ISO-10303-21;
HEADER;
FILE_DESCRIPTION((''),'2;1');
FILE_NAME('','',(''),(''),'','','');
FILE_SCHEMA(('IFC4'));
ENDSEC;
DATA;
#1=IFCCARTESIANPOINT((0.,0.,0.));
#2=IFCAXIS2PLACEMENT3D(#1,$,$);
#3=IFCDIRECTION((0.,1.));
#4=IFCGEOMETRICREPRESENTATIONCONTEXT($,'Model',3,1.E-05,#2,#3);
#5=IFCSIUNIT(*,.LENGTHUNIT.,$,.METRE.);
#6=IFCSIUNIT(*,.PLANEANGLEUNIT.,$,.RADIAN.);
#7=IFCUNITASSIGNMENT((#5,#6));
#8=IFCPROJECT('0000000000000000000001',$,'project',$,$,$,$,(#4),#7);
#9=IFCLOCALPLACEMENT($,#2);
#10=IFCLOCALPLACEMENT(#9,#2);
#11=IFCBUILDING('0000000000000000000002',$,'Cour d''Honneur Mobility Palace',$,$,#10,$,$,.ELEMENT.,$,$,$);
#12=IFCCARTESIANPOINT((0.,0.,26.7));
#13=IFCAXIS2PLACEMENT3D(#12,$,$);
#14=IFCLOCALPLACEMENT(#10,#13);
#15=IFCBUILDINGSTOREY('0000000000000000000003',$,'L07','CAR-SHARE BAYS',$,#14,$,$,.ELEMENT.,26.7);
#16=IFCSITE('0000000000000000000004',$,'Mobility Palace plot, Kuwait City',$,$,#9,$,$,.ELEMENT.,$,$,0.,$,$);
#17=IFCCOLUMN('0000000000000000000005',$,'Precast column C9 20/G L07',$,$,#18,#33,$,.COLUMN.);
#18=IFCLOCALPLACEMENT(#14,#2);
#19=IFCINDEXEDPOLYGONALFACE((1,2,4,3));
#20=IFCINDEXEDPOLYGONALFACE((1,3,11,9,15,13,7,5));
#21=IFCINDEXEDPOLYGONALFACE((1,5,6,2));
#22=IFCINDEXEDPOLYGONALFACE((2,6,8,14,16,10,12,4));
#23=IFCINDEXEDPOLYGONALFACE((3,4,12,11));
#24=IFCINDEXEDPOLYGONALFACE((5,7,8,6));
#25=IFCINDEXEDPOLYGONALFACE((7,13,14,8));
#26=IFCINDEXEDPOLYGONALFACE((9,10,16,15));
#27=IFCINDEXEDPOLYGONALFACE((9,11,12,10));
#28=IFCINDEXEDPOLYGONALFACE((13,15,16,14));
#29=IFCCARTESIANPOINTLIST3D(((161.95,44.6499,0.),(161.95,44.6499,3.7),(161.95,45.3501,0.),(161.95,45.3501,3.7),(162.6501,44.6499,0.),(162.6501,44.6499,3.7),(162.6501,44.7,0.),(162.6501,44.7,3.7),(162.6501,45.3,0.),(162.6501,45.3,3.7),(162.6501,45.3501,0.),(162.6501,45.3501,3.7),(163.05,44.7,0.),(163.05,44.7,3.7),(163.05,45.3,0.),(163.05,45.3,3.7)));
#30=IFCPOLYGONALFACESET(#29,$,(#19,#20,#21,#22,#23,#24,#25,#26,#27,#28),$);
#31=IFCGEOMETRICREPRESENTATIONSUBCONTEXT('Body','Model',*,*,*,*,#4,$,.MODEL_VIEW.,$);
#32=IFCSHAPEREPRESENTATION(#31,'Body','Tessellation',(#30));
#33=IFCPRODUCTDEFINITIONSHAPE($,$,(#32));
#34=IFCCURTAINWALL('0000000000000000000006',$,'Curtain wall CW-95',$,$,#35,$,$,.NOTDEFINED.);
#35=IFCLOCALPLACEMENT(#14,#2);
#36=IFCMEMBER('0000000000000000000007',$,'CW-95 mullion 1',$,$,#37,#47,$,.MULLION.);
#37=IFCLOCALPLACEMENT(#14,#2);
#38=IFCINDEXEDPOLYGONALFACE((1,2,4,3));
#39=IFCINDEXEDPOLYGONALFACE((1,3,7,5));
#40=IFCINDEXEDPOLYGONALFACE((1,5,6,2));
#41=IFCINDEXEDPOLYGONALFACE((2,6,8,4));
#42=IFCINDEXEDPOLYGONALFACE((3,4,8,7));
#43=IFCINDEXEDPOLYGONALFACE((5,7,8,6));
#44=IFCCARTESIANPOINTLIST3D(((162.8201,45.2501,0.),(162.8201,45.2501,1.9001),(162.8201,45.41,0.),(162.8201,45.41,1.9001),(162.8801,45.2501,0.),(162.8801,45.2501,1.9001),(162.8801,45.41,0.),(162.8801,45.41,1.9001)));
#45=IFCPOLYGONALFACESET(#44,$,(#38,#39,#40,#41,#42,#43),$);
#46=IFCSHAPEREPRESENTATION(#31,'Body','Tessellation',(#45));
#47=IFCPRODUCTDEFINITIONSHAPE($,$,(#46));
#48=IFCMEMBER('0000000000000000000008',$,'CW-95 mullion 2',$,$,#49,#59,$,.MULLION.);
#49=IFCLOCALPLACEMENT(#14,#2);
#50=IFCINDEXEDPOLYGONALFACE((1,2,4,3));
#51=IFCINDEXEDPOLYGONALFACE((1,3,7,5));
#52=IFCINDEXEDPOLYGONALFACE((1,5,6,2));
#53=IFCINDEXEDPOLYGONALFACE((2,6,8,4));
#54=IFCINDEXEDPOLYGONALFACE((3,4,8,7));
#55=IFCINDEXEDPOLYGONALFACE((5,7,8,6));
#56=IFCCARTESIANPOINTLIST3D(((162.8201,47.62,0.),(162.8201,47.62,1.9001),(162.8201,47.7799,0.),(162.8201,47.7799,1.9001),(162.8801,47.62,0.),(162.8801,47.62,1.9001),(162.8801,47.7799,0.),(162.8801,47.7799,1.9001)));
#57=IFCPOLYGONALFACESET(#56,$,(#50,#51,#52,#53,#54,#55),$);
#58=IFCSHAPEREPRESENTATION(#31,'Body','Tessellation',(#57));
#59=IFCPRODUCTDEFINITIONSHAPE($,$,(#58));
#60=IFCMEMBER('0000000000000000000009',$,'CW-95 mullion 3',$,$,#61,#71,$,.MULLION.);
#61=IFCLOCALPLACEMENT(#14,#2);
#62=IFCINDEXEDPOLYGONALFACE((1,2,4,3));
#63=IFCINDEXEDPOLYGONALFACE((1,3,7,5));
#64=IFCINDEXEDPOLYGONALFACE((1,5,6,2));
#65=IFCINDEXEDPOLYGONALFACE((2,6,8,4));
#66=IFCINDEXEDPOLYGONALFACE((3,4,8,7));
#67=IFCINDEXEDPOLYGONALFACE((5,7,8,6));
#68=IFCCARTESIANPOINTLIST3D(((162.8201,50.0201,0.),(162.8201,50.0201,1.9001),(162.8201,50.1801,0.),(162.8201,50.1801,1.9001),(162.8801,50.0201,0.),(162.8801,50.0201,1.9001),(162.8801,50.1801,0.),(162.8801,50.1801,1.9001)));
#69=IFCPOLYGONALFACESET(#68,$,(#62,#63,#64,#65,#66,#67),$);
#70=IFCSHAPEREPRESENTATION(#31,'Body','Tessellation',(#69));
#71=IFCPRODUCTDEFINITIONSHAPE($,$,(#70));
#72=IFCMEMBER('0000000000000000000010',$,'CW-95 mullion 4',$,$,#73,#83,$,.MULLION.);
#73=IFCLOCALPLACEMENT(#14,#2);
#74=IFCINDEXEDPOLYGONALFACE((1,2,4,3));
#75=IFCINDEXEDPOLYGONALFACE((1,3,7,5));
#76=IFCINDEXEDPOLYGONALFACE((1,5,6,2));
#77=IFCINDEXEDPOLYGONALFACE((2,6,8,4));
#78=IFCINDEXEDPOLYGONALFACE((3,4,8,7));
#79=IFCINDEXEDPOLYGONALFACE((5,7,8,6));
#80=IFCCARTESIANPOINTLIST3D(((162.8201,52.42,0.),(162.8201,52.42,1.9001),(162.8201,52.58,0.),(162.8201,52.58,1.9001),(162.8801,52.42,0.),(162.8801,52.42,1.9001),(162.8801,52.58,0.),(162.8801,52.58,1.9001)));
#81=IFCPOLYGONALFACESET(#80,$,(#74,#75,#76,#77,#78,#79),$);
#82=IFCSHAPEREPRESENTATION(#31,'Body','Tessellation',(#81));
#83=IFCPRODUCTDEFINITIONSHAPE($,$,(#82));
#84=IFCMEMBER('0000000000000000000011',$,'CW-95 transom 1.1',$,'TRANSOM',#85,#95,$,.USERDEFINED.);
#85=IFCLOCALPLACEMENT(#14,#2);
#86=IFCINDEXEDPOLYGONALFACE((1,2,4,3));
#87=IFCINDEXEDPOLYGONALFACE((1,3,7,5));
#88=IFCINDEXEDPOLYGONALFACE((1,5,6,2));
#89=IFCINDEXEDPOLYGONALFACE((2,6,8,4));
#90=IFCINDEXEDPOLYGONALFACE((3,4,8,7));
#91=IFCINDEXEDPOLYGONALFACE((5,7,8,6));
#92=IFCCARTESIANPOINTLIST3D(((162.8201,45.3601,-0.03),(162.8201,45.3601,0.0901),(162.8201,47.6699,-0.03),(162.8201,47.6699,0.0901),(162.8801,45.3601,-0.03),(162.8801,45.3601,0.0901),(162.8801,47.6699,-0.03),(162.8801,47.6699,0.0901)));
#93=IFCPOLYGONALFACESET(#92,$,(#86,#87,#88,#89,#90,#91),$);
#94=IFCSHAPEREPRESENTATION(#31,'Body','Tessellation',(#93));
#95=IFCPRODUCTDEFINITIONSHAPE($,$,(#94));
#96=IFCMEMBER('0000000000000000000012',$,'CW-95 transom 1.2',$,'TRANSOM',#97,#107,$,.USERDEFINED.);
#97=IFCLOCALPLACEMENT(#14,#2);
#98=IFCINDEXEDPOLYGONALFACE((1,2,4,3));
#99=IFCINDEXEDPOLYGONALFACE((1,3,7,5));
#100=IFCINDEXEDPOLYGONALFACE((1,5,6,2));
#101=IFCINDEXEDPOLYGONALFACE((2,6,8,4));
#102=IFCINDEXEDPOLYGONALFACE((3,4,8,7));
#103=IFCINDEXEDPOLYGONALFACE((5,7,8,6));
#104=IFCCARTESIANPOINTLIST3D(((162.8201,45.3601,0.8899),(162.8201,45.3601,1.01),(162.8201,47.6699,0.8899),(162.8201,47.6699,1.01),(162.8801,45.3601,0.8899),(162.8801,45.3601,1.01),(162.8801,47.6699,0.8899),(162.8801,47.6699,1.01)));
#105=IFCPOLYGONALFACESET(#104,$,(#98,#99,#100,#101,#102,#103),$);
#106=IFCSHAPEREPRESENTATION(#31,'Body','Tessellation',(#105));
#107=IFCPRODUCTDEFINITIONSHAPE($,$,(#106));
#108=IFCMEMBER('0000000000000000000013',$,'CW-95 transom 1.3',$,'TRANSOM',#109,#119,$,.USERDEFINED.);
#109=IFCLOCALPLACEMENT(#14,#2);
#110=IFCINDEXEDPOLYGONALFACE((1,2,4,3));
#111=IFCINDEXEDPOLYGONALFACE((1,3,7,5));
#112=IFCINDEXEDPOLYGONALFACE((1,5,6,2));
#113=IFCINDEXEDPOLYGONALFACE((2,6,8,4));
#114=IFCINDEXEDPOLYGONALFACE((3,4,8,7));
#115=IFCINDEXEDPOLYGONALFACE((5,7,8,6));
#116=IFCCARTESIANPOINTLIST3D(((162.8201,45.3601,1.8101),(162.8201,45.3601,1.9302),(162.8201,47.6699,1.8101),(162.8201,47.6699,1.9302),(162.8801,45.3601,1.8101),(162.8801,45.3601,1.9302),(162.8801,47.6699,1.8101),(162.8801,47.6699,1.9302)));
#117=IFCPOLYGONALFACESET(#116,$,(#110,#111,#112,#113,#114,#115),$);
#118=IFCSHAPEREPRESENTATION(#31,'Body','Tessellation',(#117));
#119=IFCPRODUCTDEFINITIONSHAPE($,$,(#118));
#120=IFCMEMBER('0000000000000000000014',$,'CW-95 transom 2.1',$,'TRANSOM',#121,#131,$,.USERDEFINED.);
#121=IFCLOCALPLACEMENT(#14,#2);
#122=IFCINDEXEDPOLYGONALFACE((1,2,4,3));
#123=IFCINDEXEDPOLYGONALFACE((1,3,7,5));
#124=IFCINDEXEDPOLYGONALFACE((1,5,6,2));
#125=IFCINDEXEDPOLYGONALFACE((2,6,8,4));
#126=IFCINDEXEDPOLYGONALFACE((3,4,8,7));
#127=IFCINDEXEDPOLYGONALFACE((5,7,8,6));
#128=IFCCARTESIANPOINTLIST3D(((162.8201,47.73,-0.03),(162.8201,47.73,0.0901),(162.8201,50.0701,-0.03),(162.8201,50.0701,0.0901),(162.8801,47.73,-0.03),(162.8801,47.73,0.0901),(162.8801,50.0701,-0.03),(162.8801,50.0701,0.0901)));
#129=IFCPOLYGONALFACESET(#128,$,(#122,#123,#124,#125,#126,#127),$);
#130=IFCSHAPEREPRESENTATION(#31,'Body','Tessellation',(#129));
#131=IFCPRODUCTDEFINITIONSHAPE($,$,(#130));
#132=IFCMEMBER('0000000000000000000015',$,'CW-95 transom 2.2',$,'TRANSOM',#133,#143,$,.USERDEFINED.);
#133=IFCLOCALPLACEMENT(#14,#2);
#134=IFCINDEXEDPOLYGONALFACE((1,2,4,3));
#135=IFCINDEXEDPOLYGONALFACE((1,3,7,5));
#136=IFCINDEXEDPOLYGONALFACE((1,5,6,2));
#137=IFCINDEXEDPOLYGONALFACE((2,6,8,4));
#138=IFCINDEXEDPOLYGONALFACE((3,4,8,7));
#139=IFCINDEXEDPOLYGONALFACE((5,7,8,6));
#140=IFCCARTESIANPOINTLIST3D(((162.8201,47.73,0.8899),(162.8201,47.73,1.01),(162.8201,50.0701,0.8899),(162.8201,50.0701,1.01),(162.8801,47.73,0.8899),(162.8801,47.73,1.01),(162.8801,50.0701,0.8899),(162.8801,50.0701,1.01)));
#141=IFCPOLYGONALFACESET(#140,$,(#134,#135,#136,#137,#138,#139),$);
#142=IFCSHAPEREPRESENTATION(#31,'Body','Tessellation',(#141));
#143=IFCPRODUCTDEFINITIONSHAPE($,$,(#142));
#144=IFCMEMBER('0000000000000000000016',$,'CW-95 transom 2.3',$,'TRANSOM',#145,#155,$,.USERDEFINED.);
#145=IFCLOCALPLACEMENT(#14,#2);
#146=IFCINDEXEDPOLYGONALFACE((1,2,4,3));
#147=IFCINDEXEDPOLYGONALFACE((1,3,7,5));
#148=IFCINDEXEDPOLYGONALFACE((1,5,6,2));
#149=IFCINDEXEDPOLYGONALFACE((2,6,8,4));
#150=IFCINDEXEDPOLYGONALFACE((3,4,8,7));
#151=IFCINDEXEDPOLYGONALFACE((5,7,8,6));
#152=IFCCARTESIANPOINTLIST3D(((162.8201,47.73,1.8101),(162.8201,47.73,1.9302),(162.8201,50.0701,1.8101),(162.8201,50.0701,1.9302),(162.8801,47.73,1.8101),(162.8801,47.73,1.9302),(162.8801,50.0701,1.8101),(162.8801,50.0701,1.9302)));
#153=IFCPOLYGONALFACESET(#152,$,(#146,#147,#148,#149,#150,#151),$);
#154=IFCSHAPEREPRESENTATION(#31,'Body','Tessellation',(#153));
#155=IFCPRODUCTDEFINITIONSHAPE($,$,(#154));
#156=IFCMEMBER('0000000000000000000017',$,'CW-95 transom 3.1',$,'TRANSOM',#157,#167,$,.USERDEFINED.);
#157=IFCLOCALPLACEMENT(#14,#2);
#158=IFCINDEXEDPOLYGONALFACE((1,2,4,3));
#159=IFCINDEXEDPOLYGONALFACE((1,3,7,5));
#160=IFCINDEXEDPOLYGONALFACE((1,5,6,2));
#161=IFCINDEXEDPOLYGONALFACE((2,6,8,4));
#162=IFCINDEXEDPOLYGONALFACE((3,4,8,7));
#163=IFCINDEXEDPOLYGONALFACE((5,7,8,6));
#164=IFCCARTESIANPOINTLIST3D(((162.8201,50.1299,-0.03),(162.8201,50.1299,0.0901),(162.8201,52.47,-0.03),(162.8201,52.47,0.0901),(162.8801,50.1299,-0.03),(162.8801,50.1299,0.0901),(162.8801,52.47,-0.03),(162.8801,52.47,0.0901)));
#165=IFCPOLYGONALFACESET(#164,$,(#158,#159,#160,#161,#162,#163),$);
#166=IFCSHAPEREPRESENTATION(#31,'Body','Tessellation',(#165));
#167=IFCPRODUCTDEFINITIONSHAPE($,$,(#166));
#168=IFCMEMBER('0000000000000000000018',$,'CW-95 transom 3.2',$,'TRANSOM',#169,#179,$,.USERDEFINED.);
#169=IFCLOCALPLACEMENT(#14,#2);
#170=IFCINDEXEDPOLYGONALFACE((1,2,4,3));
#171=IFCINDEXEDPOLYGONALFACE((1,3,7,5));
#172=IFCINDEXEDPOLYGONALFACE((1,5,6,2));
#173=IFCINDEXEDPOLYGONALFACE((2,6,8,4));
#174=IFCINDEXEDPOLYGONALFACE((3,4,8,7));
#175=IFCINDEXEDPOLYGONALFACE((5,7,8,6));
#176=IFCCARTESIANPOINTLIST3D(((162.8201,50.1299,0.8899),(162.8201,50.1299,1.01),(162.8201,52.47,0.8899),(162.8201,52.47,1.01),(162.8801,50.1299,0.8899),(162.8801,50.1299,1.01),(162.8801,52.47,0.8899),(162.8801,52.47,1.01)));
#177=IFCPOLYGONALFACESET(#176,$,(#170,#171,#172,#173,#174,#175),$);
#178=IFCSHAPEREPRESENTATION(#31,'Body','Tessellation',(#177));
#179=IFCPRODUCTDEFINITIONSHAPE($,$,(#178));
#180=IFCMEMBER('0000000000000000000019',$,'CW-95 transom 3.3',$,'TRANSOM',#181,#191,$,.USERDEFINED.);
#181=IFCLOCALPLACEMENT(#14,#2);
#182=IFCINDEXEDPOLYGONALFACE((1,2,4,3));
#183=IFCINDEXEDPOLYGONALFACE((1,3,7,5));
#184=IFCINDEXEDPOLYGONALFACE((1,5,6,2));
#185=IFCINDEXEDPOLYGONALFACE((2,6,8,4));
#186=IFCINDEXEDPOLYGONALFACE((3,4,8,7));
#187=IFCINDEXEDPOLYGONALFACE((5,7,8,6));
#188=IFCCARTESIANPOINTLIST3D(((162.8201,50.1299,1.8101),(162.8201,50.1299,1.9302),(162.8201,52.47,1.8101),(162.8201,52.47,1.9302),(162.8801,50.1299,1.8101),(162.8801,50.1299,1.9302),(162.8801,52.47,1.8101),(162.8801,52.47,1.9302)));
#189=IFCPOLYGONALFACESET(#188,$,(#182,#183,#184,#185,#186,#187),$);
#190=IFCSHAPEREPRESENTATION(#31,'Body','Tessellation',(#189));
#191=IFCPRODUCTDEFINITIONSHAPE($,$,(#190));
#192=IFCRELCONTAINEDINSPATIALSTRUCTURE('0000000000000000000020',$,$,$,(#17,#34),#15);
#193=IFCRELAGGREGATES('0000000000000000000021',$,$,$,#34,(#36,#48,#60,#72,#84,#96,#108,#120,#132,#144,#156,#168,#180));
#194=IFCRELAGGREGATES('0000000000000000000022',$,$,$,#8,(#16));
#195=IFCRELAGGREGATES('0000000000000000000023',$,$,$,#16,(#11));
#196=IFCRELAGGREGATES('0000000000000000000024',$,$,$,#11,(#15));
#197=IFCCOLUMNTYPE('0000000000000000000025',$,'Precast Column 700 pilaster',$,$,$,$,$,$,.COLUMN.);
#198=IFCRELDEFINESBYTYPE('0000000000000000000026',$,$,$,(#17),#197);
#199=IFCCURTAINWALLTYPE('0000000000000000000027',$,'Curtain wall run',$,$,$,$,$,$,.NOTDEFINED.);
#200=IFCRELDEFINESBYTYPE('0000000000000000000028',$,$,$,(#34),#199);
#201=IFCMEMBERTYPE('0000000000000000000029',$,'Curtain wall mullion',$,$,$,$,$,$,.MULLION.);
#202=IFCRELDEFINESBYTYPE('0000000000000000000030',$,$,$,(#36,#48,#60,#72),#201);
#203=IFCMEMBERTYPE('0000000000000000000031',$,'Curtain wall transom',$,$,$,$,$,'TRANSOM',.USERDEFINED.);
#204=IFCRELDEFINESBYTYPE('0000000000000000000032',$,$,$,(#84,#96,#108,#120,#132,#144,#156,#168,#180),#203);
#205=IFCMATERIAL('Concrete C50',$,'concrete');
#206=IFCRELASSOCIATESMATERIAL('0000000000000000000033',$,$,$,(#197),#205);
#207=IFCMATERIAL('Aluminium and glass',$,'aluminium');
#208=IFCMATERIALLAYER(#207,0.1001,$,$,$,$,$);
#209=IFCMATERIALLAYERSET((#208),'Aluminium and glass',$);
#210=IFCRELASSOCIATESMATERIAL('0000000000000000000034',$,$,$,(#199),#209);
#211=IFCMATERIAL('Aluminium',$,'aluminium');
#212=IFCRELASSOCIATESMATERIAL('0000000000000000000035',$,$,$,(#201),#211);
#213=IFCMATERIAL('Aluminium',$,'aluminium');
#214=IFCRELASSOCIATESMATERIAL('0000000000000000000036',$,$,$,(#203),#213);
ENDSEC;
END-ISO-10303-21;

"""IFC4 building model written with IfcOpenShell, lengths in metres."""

from ifc_helpers import new_model, si_unit, direction, frame, origin, origin_2d, place, context, subcontext, project, spatial, polyline, rectangle, outline, extrude, material, layer, layer_set, material_profile, profile_set, type_object, element, aggregate, save


model = new_model("IFC4")

# Units and contexts
model_context = context("Model", 3, precision=1e-05, world=origin(), true_north=direction((0.0, 1.0)))
body_context = subcontext(model_context, "Body", "Model", "MODEL_VIEW")
ifc_project = project(units=[si_unit("LENGTHUNIT", "METRE"), si_unit("PLANEANGLEUNIT", "RADIAN")], contexts=[model_context])

# Site, building, storey
site_placement = place(None, origin())
site = spatial("IfcSite", under=ifc_project, at=site_placement, Name="Mobility Palace plot, Kuwait City", CompositionType="ELEMENT", RefElevation=0.0)
building_placement = place(site_placement, origin())
building = spatial("IfcBuilding", under=site, at=building_placement, Name="Cour d'Honneur Mobility Palace", CompositionType="ELEMENT")
storey_placement = place(building_placement, frame((0.0, 0.0, 26.7)))
storey = spatial("IfcBuildingStorey", under=building, at=storey_placement, Name="L07", Description="CAR-SHARE BAYS", CompositionType="ELEMENT", Elevation=26.7)

# Column
ifc_material_1 = material(Name="Concrete C50", Category="concrete")
ifc_material_profile_1 = material_profile(ifc_material_1, outline(polyline([(-0.3501, -0.3501), (0.3501, -0.3501), (0.3501, -0.3), (0.75, -0.3), (0.75, 0.3), (0.3501, 0.3), (0.3501, 0.3501), (-0.3501, 0.3501), (-0.3501, -0.3501)])), Name="PC C700 pilaster")
ifc_profile_set_1 = profile_set([ifc_material_profile_1], Name="Concrete C50")
column_type = type_object("IfcColumnType", Name="Precast Column 700 pilaster", PredefinedType="COLUMN", material=ifc_profile_set_1)
column_placement = place(storey_placement, frame((162.3, 45.0, 0.0), z_axis=(0.0, 0.0, 1.0), x_axis=(1.0, 0.0, 0.0)))
element("IfcColumn", 1, at=column_placement, inside=storey, type_object=column_type, Name="Precast column C9 20/G L07", PredefinedType="COLUMN", context=body_context, shape_type="SweptSolid", body=[
    extrude(outline(polyline([(-0.3501, -0.3501), (0.3501, -0.3501), (0.3501, -0.3), (0.75, -0.3), (0.75, 0.3), (0.3501, 0.3), (0.3501, 0.3501), (-0.3501, 0.3501), (-0.3501, -0.3501)])), origin(), (0.0, 0.0, 1.0), 3.7),
])

# Curtain wall, members
ifc_material_2 = material(Name="Aluminium and glass", Category="aluminium")
ifc_layer_1 = layer(ifc_material_2, 0.1001)
ifc_layer_set_1 = layer_set([ifc_layer_1], Name="Aluminium and glass")
curtain_wall_type = type_object("IfcCurtainWallType", Name="Curtain wall run", PredefinedType="NOTDEFINED", material=ifc_layer_set_1)
curtain_wall_placement = place(storey_placement, origin())
curtain_wall = element("IfcCurtainWall", 2, at=curtain_wall_placement, inside=storey, type_object=curtain_wall_type, Name="Curtain wall CW-95", PredefinedType="NOTDEFINED")
ifc_material_3 = material(Name="Aluminium", Category="aluminium")
ifc_material_profile_2 = material_profile(ifc_material_3, rectangle(XDim=0.0601, YDim=0.1599, at=origin_2d()), Name="Curtain wall mullion")
ifc_profile_set_2 = profile_set([ifc_material_profile_2], Name="Aluminium")
member_type_1 = type_object("IfcMemberType", Name="Curtain wall mullion", PredefinedType="MULLION", material=ifc_profile_set_2)
member_1_placement = place(storey_placement, frame((162.8501, 45.3301, 0.0), z_axis=(0.0, 0.0, 1.0), x_axis=(-1.0, 0.0, 0.0)))
member_1 = element("IfcMember", 3, at=member_1_placement, type_object=member_type_1, Name="CW-95 mullion 1", PredefinedType="MULLION", context=body_context, shape_type="SweptSolid", body=[
    extrude(rectangle(XDim=0.0601, YDim=0.1599, at=origin_2d()), origin(), (0.0, 0.0, 1.0), 1.9001),
])
member_2_placement = place(storey_placement, frame((162.8501, 47.7, 0.0), z_axis=(0.0, 0.0, 1.0), x_axis=(-1.0, 0.0, 0.0)))
member_2 = element("IfcMember", 4, at=member_2_placement, type_object=member_type_1, Name="CW-95 mullion 2", PredefinedType="MULLION", context=body_context, shape_type="SweptSolid", body=[
    extrude(rectangle(XDim=0.0601, YDim=0.1599, at=origin_2d()), origin(), (0.0, 0.0, 1.0), 1.9001),
])
member_3_placement = place(storey_placement, frame((162.8501, 50.1001, 0.0), z_axis=(0.0, 0.0, 1.0), x_axis=(-1.0, 0.0, 0.0)))
member_3 = element("IfcMember", 5, at=member_3_placement, type_object=member_type_1, Name="CW-95 mullion 3", PredefinedType="MULLION", context=body_context, shape_type="SweptSolid", body=[
    extrude(rectangle(XDim=0.0601, YDim=0.1599, at=origin_2d()), origin(), (0.0, 0.0, 1.0), 1.9001),
])
member_4_placement = place(storey_placement, frame((162.8501, 52.5, 0.0), z_axis=(0.0, 0.0, 1.0), x_axis=(-1.0, 0.0, 0.0)))
member_4 = element("IfcMember", 6, at=member_4_placement, type_object=member_type_1, Name="CW-95 mullion 4", PredefinedType="MULLION", context=body_context, shape_type="SweptSolid", body=[
    extrude(rectangle(XDim=0.0601, YDim=0.1599, at=origin_2d()), origin(), (0.0, 0.0, 1.0), 1.9001),
])
ifc_material_4 = material(Name="Aluminium", Category="aluminium")
ifc_material_profile_3 = material_profile(ifc_material_4, rectangle(XDim=0.0601, YDim=0.1201, at=origin_2d()), Name="Curtain wall transom")
ifc_profile_set_3 = profile_set([ifc_material_profile_3], Name="Aluminium")
member_type_2 = type_object("IfcMemberType", Name="Curtain wall transom", ElementType="TRANSOM", PredefinedType="USERDEFINED", material=ifc_profile_set_3)
member_5_placement = place(storey_placement, frame((162.8501, 45.3601, 0.03), z_axis=(0.0, 1.0, 0.0), x_axis=(-1.0, 0.0, 0.0)))
member_5 = element("IfcMember", 7, at=member_5_placement, type_object=member_type_2, Name="CW-95 transom 1.1", ObjectType="TRANSOM", PredefinedType="USERDEFINED", context=body_context, shape_type="SweptSolid", body=[
    extrude(rectangle(XDim=0.0601, YDim=0.1201, at=origin_2d()), origin(), (0.0, 0.0, 1.0), 2.3098),
])
member_6_placement = place(storey_placement, frame((162.8501, 45.3601, 0.95), z_axis=(0.0, 1.0, 0.0), x_axis=(-1.0, 0.0, 0.0)))
member_6 = element("IfcMember", 8, at=member_6_placement, type_object=member_type_2, Name="CW-95 transom 1.2", ObjectType="TRANSOM", PredefinedType="USERDEFINED", context=body_context, shape_type="SweptSolid", body=[
    extrude(rectangle(XDim=0.0601, YDim=0.1201, at=origin_2d()), origin(), (0.0, 0.0, 1.0), 2.3098),
])
member_7_placement = place(storey_placement, frame((162.8501, 45.3601, 1.8701), z_axis=(0.0, 1.0, 0.0), x_axis=(-1.0, 0.0, 0.0)))
member_7 = element("IfcMember", 9, at=member_7_placement, type_object=member_type_2, Name="CW-95 transom 1.3", ObjectType="TRANSOM", PredefinedType="USERDEFINED", context=body_context, shape_type="SweptSolid", body=[
    extrude(rectangle(XDim=0.0601, YDim=0.1201, at=origin_2d()), origin(), (0.0, 0.0, 1.0), 2.3098),
])
member_8_placement = place(storey_placement, frame((162.8501, 47.73, 0.03), z_axis=(0.0, 1.0, 0.0), x_axis=(-1.0, 0.0, 0.0)))
member_8 = element("IfcMember", 10, at=member_8_placement, type_object=member_type_2, Name="CW-95 transom 2.1", ObjectType="TRANSOM", PredefinedType="USERDEFINED", context=body_context, shape_type="SweptSolid", body=[
    extrude(rectangle(XDim=0.0601, YDim=0.1201, at=origin_2d()), origin(), (0.0, 0.0, 1.0), 2.3401),
])
member_9_placement = place(storey_placement, frame((162.8501, 47.73, 0.95), z_axis=(0.0, 1.0, 0.0), x_axis=(-1.0, 0.0, 0.0)))
member_9 = element("IfcMember", 11, at=member_9_placement, type_object=member_type_2, Name="CW-95 transom 2.2", ObjectType="TRANSOM", PredefinedType="USERDEFINED", context=body_context, shape_type="SweptSolid", body=[
    extrude(rectangle(XDim=0.0601, YDim=0.1201, at=origin_2d()), origin(), (0.0, 0.0, 1.0), 2.3401),
])
member_10_placement = place(storey_placement, frame((162.8501, 47.73, 1.8701), z_axis=(0.0, 1.0, 0.0), x_axis=(-1.0, 0.0, 0.0)))
member_10 = element("IfcMember", 12, at=member_10_placement, type_object=member_type_2, Name="CW-95 transom 2.3", ObjectType="TRANSOM", PredefinedType="USERDEFINED", context=body_context, shape_type="SweptSolid", body=[
    extrude(rectangle(XDim=0.0601, YDim=0.1201, at=origin_2d()), origin(), (0.0, 0.0, 1.0), 2.3401),
])
member_11_placement = place(storey_placement, frame((162.8501, 50.1299, 0.03), z_axis=(0.0, 1.0, 0.0), x_axis=(-1.0, 0.0, 0.0)))
member_11 = element("IfcMember", 13, at=member_11_placement, type_object=member_type_2, Name="CW-95 transom 3.1", ObjectType="TRANSOM", PredefinedType="USERDEFINED", context=body_context, shape_type="SweptSolid", body=[
    extrude(rectangle(XDim=0.0601, YDim=0.1201, at=origin_2d()), origin(), (0.0, 0.0, 1.0), 2.3401),
])
member_12_placement = place(storey_placement, frame((162.8501, 50.1299, 0.95), z_axis=(0.0, 1.0, 0.0), x_axis=(-1.0, 0.0, 0.0)))
member_12 = element("IfcMember", 14, at=member_12_placement, type_object=member_type_2, Name="CW-95 transom 3.2", ObjectType="TRANSOM", PredefinedType="USERDEFINED", context=body_context, shape_type="SweptSolid", body=[
    extrude(rectangle(XDim=0.0601, YDim=0.1201, at=origin_2d()), origin(), (0.0, 0.0, 1.0), 2.3401),
])
member_13_placement = place(storey_placement, frame((162.8501, 50.1299, 1.8701), z_axis=(0.0, 1.0, 0.0), x_axis=(-1.0, 0.0, 0.0)))
member_13 = element("IfcMember", 15, at=member_13_placement, type_object=member_type_2, Name="CW-95 transom 3.3", ObjectType="TRANSOM", PredefinedType="USERDEFINED", context=body_context, shape_type="SweptSolid", body=[
    extrude(rectangle(XDim=0.0601, YDim=0.1201, at=origin_2d()), origin(), (0.0, 0.0, 1.0), 2.3401),
])

aggregate(curtain_wall, [member_1, member_2, member_3, member_4, member_5, member_6, member_7, member_8, member_9, member_10, member_11, member_12, member_13])

save(model, "model.ifc")
